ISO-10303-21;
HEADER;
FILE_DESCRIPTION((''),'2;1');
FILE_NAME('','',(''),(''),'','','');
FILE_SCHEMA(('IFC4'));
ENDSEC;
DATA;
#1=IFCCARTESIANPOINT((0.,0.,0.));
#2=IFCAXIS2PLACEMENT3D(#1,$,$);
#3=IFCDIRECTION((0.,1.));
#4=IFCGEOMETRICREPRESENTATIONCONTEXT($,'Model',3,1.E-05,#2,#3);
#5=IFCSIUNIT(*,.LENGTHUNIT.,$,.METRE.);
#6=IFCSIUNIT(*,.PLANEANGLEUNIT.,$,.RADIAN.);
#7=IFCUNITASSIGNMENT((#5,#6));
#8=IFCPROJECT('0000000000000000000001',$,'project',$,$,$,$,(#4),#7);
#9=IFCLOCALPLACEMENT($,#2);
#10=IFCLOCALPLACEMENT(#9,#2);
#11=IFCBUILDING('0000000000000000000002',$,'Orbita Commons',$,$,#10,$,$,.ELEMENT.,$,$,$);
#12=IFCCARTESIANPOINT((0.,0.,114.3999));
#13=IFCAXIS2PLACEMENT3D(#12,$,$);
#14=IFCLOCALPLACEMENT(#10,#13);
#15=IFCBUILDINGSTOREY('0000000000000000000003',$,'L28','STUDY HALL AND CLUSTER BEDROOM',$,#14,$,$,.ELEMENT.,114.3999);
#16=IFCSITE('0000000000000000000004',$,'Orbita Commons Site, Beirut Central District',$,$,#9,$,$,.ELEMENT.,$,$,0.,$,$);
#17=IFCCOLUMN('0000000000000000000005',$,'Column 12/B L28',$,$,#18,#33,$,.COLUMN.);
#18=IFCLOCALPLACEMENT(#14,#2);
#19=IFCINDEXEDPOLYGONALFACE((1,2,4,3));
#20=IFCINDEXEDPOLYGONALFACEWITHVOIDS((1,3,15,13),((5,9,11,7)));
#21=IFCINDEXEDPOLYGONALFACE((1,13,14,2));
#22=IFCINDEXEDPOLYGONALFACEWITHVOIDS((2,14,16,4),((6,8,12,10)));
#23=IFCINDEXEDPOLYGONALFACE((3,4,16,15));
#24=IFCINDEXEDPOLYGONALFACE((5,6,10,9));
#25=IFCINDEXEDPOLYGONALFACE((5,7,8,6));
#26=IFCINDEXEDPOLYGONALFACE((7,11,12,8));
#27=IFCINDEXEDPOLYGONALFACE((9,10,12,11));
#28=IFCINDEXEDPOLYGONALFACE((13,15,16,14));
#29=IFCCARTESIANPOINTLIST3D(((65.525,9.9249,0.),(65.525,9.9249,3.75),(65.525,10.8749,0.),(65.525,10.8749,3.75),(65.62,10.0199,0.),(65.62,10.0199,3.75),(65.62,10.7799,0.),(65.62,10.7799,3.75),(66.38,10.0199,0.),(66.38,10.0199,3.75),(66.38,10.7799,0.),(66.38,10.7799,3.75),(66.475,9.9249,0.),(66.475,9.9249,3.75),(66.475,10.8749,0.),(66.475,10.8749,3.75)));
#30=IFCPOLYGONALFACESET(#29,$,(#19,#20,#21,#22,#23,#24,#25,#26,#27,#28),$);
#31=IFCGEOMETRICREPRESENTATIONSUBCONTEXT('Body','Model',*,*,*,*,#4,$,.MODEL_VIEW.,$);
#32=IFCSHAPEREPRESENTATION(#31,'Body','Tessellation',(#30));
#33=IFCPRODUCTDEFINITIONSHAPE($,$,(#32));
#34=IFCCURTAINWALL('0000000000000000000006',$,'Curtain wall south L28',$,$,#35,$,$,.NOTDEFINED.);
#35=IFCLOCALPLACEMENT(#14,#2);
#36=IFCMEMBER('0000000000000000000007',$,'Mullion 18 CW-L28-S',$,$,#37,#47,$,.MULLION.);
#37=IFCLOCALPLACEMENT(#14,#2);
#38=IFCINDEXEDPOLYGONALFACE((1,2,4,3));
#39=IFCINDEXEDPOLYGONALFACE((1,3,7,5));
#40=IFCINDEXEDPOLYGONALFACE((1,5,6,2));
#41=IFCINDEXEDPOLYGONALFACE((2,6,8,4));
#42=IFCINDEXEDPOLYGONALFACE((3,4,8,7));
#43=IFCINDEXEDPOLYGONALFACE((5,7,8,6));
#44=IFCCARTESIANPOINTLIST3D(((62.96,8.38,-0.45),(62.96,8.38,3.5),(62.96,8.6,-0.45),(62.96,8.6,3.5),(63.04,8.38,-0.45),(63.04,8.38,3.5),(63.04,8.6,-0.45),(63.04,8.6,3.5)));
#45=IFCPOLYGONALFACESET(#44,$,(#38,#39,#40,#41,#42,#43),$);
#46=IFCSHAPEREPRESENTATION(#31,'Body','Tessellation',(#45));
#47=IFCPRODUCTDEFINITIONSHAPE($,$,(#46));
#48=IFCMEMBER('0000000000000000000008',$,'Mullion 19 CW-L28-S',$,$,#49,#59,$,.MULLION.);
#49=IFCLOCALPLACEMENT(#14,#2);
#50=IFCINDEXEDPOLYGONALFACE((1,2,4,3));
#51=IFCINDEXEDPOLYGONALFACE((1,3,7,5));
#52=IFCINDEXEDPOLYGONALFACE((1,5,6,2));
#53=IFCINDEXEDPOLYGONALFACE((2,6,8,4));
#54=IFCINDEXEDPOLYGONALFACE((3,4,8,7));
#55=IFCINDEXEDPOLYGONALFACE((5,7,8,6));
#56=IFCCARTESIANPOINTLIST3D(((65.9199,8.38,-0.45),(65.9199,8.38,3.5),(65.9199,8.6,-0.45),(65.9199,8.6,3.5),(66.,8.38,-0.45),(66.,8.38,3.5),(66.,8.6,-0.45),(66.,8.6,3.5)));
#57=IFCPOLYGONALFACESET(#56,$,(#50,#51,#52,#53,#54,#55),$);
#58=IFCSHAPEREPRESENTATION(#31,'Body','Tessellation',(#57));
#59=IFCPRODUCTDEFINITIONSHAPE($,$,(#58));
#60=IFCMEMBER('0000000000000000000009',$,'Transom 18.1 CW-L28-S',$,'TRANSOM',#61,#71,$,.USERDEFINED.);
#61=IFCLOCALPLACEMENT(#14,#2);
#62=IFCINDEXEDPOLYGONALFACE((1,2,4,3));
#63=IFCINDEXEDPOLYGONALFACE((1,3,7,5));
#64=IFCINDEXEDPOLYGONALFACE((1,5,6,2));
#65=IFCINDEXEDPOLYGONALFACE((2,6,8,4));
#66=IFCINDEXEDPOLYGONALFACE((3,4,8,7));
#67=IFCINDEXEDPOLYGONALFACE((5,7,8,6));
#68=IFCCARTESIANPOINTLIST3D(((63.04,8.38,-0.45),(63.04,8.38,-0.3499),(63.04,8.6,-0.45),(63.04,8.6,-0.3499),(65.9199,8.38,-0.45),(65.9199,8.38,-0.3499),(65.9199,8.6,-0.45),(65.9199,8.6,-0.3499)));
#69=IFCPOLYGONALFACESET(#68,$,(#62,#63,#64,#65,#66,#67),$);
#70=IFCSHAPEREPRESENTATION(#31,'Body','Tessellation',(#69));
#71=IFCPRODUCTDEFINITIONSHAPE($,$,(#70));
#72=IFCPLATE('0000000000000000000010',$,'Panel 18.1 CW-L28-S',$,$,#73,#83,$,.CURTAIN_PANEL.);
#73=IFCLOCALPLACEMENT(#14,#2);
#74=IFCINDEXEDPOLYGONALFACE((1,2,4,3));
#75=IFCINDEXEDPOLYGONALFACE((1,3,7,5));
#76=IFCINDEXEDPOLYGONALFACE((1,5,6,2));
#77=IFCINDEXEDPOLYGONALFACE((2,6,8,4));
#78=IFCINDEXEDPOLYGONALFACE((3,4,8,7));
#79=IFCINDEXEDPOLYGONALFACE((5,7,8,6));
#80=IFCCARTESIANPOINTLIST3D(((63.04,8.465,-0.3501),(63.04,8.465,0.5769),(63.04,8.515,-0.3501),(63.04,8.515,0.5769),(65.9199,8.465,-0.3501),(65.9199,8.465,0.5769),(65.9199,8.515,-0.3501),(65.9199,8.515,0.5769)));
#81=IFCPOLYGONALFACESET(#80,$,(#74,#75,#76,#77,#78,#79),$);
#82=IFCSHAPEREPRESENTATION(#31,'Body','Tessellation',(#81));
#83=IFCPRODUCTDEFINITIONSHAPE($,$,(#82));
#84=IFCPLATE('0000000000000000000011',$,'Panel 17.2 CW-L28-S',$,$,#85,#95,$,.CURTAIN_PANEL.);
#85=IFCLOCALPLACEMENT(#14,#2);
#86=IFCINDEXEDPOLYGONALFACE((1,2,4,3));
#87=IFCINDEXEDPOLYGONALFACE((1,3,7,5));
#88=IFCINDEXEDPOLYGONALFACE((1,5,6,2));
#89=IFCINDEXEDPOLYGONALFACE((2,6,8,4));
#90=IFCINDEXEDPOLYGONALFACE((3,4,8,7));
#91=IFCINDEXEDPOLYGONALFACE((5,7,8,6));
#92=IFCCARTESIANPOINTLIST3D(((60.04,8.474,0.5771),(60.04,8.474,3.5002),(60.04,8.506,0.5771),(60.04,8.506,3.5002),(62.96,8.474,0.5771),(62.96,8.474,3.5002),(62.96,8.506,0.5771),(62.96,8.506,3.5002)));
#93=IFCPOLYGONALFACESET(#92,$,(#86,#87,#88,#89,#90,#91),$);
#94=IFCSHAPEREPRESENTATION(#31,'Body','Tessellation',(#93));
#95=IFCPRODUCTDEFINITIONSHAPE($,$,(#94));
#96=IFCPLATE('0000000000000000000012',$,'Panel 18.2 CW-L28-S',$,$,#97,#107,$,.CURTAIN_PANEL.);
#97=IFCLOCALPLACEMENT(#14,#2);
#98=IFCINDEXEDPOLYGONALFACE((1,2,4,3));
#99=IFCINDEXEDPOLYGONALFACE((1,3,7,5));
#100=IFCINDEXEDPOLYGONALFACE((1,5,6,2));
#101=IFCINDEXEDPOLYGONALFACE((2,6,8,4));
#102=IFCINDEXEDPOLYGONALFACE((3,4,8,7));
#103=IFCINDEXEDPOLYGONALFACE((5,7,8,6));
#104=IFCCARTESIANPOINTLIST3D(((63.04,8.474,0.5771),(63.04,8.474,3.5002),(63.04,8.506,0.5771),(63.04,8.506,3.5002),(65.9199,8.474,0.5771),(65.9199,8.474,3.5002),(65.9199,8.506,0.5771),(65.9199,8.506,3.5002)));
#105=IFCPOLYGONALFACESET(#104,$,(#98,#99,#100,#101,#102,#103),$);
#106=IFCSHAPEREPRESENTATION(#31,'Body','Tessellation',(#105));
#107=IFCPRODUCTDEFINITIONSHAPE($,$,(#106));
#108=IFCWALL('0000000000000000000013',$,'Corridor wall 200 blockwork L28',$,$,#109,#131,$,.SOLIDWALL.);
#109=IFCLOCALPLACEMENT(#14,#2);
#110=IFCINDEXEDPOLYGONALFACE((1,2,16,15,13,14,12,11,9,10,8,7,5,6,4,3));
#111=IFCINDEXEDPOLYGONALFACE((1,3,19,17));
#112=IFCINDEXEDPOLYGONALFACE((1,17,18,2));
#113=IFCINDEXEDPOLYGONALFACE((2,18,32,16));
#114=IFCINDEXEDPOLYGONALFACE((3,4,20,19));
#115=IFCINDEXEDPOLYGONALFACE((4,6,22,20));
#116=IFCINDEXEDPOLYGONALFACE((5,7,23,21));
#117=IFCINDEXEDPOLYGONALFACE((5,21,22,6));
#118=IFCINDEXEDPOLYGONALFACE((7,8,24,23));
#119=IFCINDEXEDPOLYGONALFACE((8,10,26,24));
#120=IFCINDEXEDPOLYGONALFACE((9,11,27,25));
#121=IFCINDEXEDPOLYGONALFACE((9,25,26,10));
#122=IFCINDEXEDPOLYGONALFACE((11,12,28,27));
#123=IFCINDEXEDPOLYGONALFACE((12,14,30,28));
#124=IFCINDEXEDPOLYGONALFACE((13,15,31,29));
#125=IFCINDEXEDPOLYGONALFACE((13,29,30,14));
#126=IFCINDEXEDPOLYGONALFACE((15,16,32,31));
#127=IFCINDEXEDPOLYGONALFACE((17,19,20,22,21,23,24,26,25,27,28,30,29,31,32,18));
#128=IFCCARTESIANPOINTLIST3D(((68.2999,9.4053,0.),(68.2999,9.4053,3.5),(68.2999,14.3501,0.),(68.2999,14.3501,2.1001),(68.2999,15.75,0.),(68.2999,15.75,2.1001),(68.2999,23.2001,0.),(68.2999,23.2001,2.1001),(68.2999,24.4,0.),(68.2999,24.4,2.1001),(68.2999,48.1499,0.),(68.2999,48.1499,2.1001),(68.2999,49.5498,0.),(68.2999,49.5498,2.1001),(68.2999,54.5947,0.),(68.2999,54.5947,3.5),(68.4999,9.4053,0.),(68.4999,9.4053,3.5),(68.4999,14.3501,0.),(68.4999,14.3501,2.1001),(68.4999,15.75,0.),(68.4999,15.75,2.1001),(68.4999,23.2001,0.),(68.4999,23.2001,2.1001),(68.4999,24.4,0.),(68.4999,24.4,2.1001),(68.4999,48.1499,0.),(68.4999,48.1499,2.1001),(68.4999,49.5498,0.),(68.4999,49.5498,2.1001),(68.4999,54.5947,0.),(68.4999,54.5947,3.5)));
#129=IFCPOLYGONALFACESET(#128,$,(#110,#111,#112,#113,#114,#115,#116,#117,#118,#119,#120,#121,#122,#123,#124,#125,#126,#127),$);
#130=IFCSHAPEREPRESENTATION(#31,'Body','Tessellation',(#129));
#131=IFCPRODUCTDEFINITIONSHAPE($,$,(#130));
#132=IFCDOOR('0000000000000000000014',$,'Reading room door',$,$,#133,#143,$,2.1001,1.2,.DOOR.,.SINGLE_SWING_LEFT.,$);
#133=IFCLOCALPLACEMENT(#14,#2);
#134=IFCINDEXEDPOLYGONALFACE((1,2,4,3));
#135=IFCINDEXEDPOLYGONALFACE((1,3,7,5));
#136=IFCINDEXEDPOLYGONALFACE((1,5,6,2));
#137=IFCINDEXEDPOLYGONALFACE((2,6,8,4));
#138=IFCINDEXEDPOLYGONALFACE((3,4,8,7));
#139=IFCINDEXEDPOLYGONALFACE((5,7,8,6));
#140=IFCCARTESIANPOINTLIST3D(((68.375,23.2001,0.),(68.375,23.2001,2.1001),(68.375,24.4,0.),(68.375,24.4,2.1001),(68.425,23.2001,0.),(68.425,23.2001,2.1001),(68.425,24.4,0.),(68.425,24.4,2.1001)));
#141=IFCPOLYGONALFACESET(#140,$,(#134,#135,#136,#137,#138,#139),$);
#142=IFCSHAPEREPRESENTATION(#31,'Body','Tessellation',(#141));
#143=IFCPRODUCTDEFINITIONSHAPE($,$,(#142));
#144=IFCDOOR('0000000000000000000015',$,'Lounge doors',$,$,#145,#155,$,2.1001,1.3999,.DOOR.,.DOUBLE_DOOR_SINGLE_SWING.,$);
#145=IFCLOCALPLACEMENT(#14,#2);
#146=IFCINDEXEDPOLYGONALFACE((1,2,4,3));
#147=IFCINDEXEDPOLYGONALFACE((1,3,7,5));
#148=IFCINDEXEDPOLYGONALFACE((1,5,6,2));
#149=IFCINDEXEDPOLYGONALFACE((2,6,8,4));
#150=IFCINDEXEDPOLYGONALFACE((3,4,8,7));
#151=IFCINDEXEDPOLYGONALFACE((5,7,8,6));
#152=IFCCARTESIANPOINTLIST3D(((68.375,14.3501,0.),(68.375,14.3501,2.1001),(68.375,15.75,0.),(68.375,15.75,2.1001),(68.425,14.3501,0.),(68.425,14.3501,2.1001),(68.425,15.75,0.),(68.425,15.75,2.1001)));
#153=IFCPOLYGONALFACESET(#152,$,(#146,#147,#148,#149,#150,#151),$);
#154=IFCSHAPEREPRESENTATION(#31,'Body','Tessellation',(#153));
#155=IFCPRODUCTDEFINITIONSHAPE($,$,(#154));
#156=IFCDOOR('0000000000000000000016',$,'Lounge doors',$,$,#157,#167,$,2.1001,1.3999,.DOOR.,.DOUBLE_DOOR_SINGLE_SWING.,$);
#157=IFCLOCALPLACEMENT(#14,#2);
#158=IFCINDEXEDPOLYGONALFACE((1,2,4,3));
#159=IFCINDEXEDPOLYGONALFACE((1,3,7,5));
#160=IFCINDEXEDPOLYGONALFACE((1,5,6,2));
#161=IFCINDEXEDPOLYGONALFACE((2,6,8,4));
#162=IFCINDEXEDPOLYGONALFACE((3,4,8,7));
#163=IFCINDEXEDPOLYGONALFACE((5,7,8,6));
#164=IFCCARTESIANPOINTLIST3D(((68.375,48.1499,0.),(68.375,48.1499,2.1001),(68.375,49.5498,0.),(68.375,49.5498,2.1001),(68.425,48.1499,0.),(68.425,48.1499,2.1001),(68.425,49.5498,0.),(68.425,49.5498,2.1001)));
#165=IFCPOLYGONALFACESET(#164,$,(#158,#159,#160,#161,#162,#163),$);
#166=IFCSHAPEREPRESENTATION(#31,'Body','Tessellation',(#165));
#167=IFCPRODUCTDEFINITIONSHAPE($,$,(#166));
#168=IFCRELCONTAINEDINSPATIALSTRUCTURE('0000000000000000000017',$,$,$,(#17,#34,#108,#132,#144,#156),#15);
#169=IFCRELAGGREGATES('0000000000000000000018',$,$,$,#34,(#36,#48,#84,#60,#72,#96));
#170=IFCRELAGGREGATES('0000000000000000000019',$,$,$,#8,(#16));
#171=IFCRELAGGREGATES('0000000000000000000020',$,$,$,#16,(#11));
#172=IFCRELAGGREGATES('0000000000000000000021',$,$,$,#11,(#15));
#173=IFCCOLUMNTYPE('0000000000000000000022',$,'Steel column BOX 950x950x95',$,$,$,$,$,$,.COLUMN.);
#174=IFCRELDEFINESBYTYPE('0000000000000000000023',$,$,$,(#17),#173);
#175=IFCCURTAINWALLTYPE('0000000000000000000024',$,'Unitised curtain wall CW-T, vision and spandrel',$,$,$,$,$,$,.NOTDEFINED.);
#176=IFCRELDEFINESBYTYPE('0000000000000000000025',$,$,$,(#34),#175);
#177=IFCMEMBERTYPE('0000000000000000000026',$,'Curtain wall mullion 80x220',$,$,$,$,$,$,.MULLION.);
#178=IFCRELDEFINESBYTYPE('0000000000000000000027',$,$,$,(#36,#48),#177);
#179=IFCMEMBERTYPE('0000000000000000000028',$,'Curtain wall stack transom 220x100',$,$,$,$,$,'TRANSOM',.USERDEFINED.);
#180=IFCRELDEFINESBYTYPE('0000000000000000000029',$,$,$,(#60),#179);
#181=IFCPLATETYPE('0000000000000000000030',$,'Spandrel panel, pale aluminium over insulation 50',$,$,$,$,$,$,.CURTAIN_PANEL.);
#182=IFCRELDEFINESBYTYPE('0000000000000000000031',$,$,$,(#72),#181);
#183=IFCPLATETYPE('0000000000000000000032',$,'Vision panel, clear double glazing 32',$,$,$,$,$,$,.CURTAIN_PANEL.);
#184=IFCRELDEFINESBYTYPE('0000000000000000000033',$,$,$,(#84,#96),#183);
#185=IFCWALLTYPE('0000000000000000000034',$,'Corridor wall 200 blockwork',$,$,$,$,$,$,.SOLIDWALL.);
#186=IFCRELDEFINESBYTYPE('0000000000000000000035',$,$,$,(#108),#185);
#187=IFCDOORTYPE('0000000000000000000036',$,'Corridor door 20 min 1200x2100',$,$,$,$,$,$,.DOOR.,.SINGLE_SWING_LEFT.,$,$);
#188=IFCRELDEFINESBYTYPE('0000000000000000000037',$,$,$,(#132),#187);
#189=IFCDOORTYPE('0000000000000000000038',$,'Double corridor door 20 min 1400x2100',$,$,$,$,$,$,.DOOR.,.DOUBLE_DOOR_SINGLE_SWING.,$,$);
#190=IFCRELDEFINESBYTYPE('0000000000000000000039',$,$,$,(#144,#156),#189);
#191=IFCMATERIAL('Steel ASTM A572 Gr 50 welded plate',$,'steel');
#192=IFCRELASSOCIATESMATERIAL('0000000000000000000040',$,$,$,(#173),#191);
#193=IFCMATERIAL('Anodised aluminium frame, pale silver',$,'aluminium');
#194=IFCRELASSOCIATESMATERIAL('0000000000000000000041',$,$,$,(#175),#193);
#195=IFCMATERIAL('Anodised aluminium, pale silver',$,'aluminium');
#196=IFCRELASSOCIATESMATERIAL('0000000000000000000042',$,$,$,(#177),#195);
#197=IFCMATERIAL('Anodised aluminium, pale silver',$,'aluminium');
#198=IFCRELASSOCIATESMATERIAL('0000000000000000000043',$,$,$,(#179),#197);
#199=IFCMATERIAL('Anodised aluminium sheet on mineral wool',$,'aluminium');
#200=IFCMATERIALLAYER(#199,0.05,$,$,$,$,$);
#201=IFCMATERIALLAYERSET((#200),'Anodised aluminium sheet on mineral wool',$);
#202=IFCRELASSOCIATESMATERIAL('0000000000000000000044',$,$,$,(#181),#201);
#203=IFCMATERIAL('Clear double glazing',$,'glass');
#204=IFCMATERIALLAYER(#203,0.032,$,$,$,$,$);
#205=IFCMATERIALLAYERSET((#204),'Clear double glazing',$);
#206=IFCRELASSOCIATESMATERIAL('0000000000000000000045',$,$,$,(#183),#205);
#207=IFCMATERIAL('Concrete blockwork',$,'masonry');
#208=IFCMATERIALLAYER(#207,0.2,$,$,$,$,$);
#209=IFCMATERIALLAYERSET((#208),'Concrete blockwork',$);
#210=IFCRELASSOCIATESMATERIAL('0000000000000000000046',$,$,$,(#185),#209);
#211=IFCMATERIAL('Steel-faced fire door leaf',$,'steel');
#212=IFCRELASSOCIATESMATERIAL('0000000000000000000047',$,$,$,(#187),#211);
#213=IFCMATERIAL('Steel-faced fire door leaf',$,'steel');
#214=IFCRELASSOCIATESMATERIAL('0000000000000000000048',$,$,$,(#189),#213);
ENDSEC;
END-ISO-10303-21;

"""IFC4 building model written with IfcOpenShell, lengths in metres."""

from ifc_helpers import new_model, si_unit, direction, frame, frame_2d, origin, origin_2d, place, context, subcontext, project, spatial, rectangle, hollow_rectangle, extrude, material, layer, layer_set, material_profile, profile_set, type_object, element, fill, aggregate, save


model = new_model("IFC4")

# Units and contexts
model_context = context("Model", 3, precision=1e-05, world=origin(), true_north=direction((0.0, 1.0)))
body_context = subcontext(model_context, "Body", "Model", "MODEL_VIEW")
ifc_project = project(units=[si_unit("LENGTHUNIT", "METRE"), si_unit("PLANEANGLEUNIT", "RADIAN")], contexts=[model_context])

# Site, building, storey
site_placement = place(None, origin())
site = spatial("IfcSite", under=ifc_project, at=site_placement, Name="Orbita Commons Site, Beirut Central District", CompositionType="ELEMENT", RefElevation=0.0)
building_placement = place(site_placement, origin())
building = spatial("IfcBuilding", under=site, at=building_placement, Name="Orbita Commons", CompositionType="ELEMENT")
storey_placement = place(building_placement, frame((0.0, 0.0, 114.3999)))
storey = spatial("IfcBuildingStorey", under=building, at=storey_placement, Name="L28", Description="STUDY HALL AND CLUSTER BEDROOM", CompositionType="ELEMENT", Elevation=114.3999)

# Column
ifc_material_1 = material(Name="Steel ASTM A572 Gr 50 welded plate", Category="steel")
ifc_material_profile_1 = material_profile(ifc_material_1, hollow_rectangle(XDim=0.95, YDim=0.95, WallThickness=0.095, at=origin_2d()), Name="BOX 950x950x95")
ifc_profile_set_1 = profile_set([ifc_material_profile_1], Name="Steel ASTM A572 Gr 50 welded plate")
column_type = type_object("IfcColumnType", Name="Steel column BOX 950x950x95", PredefinedType="COLUMN", material=ifc_profile_set_1)
column_placement = place(storey_placement, frame((66.0, 10.3999, 0.0), z_axis=(0.0, 0.0, 1.0), x_axis=(1.0, 0.0, 0.0)))
element("IfcColumn", 1, at=column_placement, inside=storey, type_object=column_type, Name="Column 12/B L28", PredefinedType="COLUMN", context=body_context, shape_type="SweptSolid", body=[
    extrude(hollow_rectangle(XDim=0.95, YDim=0.95, WallThickness=0.095, at=origin_2d()), origin(), (0.0, 0.0, 1.0), 3.75),
])

# Curtain wall, members, plates
ifc_material_2 = material(Name="Anodised aluminium frame, pale silver", Category="aluminium")
curtain_wall_type = type_object("IfcCurtainWallType", Name="Unitised curtain wall CW-T, vision and spandrel", PredefinedType="NOTDEFINED", material=ifc_material_2)
curtain_wall_placement = place(storey_placement, origin())
curtain_wall = element("IfcCurtainWall", 2, at=curtain_wall_placement, inside=storey, type_object=curtain_wall_type, Name="Curtain wall south L28", PredefinedType="NOTDEFINED")
ifc_material_3 = material(Name="Anodised aluminium, pale silver", Category="aluminium")
ifc_material_profile_2 = material_profile(ifc_material_3, rectangle(XDim=0.0801, YDim=0.22, at=origin_2d()), Name="AL 80x220")
ifc_profile_set_2 = profile_set([ifc_material_profile_2], Name="Anodised aluminium, pale silver")
member_type_1 = type_object("IfcMemberType", Name="Curtain wall mullion 80x220", PredefinedType="MULLION", material=ifc_profile_set_2)
member_1_placement = place(storey_placement, frame((63.0, 8.49, -0.45), z_axis=(0.0, 0.0, 1.0), x_axis=(1.0, 0.0, 0.0)))
member_1 = element("IfcMember", 3, at=member_1_placement, type_object=member_type_1, Name="Mullion 18 CW-L28-S", PredefinedType="MULLION", context=body_context, shape_type="SweptSolid", body=[
    extrude(rectangle(XDim=0.0801, YDim=0.22, at=origin_2d()), origin(), (0.0, 0.0, 1.0), 3.95),
])
member_2_placement = place(storey_placement, frame((65.96, 8.49, -0.45), z_axis=(0.0, 0.0, 1.0), x_axis=(1.0, 0.0, 0.0)))
member_2 = element("IfcMember", 4, at=member_2_placement, type_object=member_type_1, Name="Mullion 19 CW-L28-S", PredefinedType="MULLION", context=body_context, shape_type="SweptSolid", body=[
    extrude(rectangle(XDim=0.0801, YDim=0.22, at=origin_2d()), origin(), (0.0, 0.0, 1.0), 3.95),
])
ifc_material_4 = material(Name="Anodised aluminium, pale silver", Category="aluminium")
ifc_material_profile_3 = material_profile(ifc_material_4, rectangle(XDim=0.22, YDim=0.1001, at=origin_2d()), Name="AL 220x100")
ifc_profile_set_3 = profile_set([ifc_material_profile_3], Name="Anodised aluminium, pale silver")
member_type_2 = type_object("IfcMemberType", Name="Curtain wall stack transom 220x100", ElementType="TRANSOM", PredefinedType="USERDEFINED", material=ifc_profile_set_3)
member_3_placement = place(storey_placement, frame((63.04, 8.49, -0.3999), z_axis=(1.0, 0.0, 0.0), x_axis=(0.0, 1.0, 0.0)))
member_3 = element("IfcMember", 5, at=member_3_placement, type_object=member_type_2, Name="Transom 18.1 CW-L28-S", ObjectType="TRANSOM", PredefinedType="USERDEFINED", context=body_context, shape_type="SweptSolid", body=[
    extrude(rectangle(XDim=0.22, YDim=0.1001, at=origin_2d()), origin(), (0.0, 0.0, 1.0), 2.8799),
])
ifc_material_5 = material(Name="Anodised aluminium sheet on mineral wool", Category="aluminium")
ifc_layer_1 = layer(ifc_material_5, 0.05)
ifc_layer_set_1 = layer_set([ifc_layer_1], Name="Anodised aluminium sheet on mineral wool")
plate_type_1 = type_object("IfcPlateType", Name="Spandrel panel, pale aluminium over insulation 50", PredefinedType="CURTAIN_PANEL", material=ifc_layer_set_1)
plate_1_placement = place(storey_placement, frame((64.48, 8.49, -0.3501), z_axis=(0.0, 0.0, 1.0), x_axis=(1.0, 0.0, 0.0)))
plate_1 = element("IfcPlate", 6, at=plate_1_placement, type_object=plate_type_1, Name="Panel 18.1 CW-L28-S", PredefinedType="CURTAIN_PANEL", context=body_context, shape_type="SweptSolid", body=[
    extrude(rectangle(XDim=2.8799, YDim=0.05, at=origin_2d()), origin(), (0.0, 0.0, 1.0), 0.927),
])
ifc_material_6 = material(Name="Clear double glazing", Category="glass")
ifc_layer_2 = layer(ifc_material_6, 0.032)
ifc_layer_set_2 = layer_set([ifc_layer_2], Name="Clear double glazing")
plate_type_2 = type_object("IfcPlateType", Name="Vision panel, clear double glazing 32", PredefinedType="CURTAIN_PANEL", material=ifc_layer_set_2)
plate_2_placement = place(storey_placement, frame((61.5, 8.49, 0.5771), z_axis=(0.0, 0.0, 1.0), x_axis=(1.0, 0.0, 0.0)))
plate_2 = element("IfcPlate", 7, at=plate_2_placement, type_object=plate_type_2, Name="Panel 17.2 CW-L28-S", PredefinedType="CURTAIN_PANEL", context=body_context, shape_type="SweptSolid", body=[
    extrude(rectangle(XDim=2.9199, YDim=0.032, at=origin_2d()), origin(), (0.0, 0.0, 1.0), 2.9231),
])
plate_3_placement = place(storey_placement, frame((64.48, 8.49, 0.5771), z_axis=(0.0, 0.0, 1.0), x_axis=(1.0, 0.0, 0.0)))
plate_3 = element("IfcPlate", 8, at=plate_3_placement, type_object=plate_type_2, Name="Panel 18.2 CW-L28-S", PredefinedType="CURTAIN_PANEL", context=body_context, shape_type="SweptSolid", body=[
    extrude(rectangle(XDim=2.8799, YDim=0.032, at=origin_2d()), origin(), (0.0, 0.0, 1.0), 2.9231),
])
aggregate(curtain_wall, [member_1, member_2, plate_2, member_3, plate_1, plate_3])

# Wall, openings, doors
ifc_material_7 = material(Name="Concrete blockwork", Category="masonry")
ifc_layer_3 = layer(ifc_material_7, 0.2)
ifc_layer_set_3 = layer_set([ifc_layer_3], Name="Concrete blockwork")
wall_type_1 = type_object("IfcWallType", Name="Corridor wall 200 blockwork", PredefinedType="SOLIDWALL", material=ifc_layer_set_3)
wall_1_placement = place(storey_placement, frame((68.3999, 9.4053, 0.0), z_axis=(0.0, 0.0, 1.0), x_axis=(0.0, 1.0, 0.0)))
wall_1 = element("IfcWall", 9, at=wall_1_placement, inside=storey, type_object=wall_type_1, Name="Corridor wall 200 blockwork L28", PredefinedType="SOLIDWALL", context=body_context, shape_type="SweptSolid", body=[
    extrude(rectangle(XDim=45.1895, YDim=0.2, at=frame_2d((22.5947, 0.0))), origin(), (0.0, 0.0, 1.0), 3.5),
])
opening_1_placement = place(wall_1_placement, frame((13.7947, 0.0, 0.0)))
opening_1 = element("IfcOpeningElement", 10, at=opening_1_placement, cuts=wall_1, PredefinedType="OPENING", context=body_context, shape_type="SweptSolid", body=[
    extrude(rectangle(XDim=1.2, YDim=2.1001, at=frame_2d((0.6001, 1.05))), frame((0.0, 0.1099, 0.0), z_axis=(0.0, -1.0, 0.0), x_axis=(1.0, 0.0, 0.0)), (0.0, 0.0, 1.0), 0.22),
])
opening_2_placement = place(wall_1_placement, frame((4.9448, 0.0, 0.0)))
opening_2 = element("IfcOpeningElement", 11, at=opening_2_placement, cuts=wall_1, PredefinedType="OPENING", context=body_context, shape_type="SweptSolid", body=[
    extrude(rectangle(XDim=1.3999, YDim=2.1001, at=frame_2d((0.7, 1.05))), frame((0.0, 0.1099, 0.0), z_axis=(0.0, -1.0, 0.0), x_axis=(1.0, 0.0, 0.0)), (0.0, 0.0, 1.0), 0.22),
])
opening_3_placement = place(wall_1_placement, frame((38.7446, 0.0, 0.0)))
opening_3 = element("IfcOpeningElement", 12, at=opening_3_placement, cuts=wall_1, PredefinedType="OPENING", context=body_context, shape_type="SweptSolid", body=[
    extrude(rectangle(XDim=1.3999, YDim=2.1001, at=frame_2d((0.7, 1.05))), frame((0.0, 0.1099, 0.0), z_axis=(0.0, -1.0, 0.0), x_axis=(1.0, 0.0, 0.0)), (0.0, 0.0, 1.0), 0.22),
])
ifc_material_8 = material(Name="Steel-faced fire door leaf", Category="steel")
door_type_1 = type_object("IfcDoorType", Name="Corridor door 20 min 1200x2100", OperationType="SINGLE_SWING_LEFT", PredefinedType="DOOR", material=ifc_material_8)
door_1_placement = place(opening_1_placement, origin())
door_1 = element("IfcDoor", 13, at=door_1_placement, inside=storey, type_object=door_type_1, Name="Reading room door", OperationType="SINGLE_SWING_LEFT", OverallHeight=2.1001, OverallWidth=1.2, PredefinedType="DOOR", context=body_context, shape_type="SweptSolid", body=[
    extrude(rectangle(XDim=1.2, YDim=2.1001, at=frame_2d((0.6001, 1.05))), frame((0.0, 0.0249, 0.0), z_axis=(0.0, -1.0, 0.0), x_axis=(1.0, 0.0, 0.0)), (0.0, 0.0, 1.0), 0.05),
])
fill(opening_1, door_1)
ifc_material_9 = material(Name="Steel-faced fire door leaf", Category="steel")
door_type_2 = type_object("IfcDoorType", Name="Double corridor door 20 min 1400x2100", OperationType="DOUBLE_DOOR_SINGLE_SWING", PredefinedType="DOOR", material=ifc_material_9)
door_2_placement = place(opening_2_placement, origin())
door_2 = element("IfcDoor", 14, at=door_2_placement, inside=storey, type_object=door_type_2, Name="Lounge doors", OperationType="DOUBLE_DOOR_SINGLE_SWING", OverallHeight=2.1001, OverallWidth=1.3999, PredefinedType="DOOR", context=body_context, shape_type="SweptSolid", body=[
    extrude(rectangle(XDim=1.3999, YDim=2.1001, at=frame_2d((0.7, 1.05))), frame((0.0, 0.0249, 0.0), z_axis=(0.0, -1.0, 0.0), x_axis=(1.0, 0.0, 0.0)), (0.0, 0.0, 1.0), 0.05),
])
fill(opening_2, door_2)
door_3_placement = place(opening_3_placement, origin())
door_3 = element("IfcDoor", 15, at=door_3_placement, inside=storey, type_object=door_type_2, Name="Lounge doors", OperationType="DOUBLE_DOOR_SINGLE_SWING", OverallHeight=2.1001, OverallWidth=1.3999, PredefinedType="DOOR", context=body_context, shape_type="SweptSolid", body=[
    extrude(rectangle(XDim=1.3999, YDim=2.1001, at=frame_2d((0.7, 1.05))), frame((0.0, 0.0249, 0.0), z_axis=(0.0, -1.0, 0.0), x_axis=(1.0, 0.0, 0.0)), (0.0, 0.0, 1.0), 0.05),
])
fill(opening_3, door_3)

save(model, "model.ifc")
